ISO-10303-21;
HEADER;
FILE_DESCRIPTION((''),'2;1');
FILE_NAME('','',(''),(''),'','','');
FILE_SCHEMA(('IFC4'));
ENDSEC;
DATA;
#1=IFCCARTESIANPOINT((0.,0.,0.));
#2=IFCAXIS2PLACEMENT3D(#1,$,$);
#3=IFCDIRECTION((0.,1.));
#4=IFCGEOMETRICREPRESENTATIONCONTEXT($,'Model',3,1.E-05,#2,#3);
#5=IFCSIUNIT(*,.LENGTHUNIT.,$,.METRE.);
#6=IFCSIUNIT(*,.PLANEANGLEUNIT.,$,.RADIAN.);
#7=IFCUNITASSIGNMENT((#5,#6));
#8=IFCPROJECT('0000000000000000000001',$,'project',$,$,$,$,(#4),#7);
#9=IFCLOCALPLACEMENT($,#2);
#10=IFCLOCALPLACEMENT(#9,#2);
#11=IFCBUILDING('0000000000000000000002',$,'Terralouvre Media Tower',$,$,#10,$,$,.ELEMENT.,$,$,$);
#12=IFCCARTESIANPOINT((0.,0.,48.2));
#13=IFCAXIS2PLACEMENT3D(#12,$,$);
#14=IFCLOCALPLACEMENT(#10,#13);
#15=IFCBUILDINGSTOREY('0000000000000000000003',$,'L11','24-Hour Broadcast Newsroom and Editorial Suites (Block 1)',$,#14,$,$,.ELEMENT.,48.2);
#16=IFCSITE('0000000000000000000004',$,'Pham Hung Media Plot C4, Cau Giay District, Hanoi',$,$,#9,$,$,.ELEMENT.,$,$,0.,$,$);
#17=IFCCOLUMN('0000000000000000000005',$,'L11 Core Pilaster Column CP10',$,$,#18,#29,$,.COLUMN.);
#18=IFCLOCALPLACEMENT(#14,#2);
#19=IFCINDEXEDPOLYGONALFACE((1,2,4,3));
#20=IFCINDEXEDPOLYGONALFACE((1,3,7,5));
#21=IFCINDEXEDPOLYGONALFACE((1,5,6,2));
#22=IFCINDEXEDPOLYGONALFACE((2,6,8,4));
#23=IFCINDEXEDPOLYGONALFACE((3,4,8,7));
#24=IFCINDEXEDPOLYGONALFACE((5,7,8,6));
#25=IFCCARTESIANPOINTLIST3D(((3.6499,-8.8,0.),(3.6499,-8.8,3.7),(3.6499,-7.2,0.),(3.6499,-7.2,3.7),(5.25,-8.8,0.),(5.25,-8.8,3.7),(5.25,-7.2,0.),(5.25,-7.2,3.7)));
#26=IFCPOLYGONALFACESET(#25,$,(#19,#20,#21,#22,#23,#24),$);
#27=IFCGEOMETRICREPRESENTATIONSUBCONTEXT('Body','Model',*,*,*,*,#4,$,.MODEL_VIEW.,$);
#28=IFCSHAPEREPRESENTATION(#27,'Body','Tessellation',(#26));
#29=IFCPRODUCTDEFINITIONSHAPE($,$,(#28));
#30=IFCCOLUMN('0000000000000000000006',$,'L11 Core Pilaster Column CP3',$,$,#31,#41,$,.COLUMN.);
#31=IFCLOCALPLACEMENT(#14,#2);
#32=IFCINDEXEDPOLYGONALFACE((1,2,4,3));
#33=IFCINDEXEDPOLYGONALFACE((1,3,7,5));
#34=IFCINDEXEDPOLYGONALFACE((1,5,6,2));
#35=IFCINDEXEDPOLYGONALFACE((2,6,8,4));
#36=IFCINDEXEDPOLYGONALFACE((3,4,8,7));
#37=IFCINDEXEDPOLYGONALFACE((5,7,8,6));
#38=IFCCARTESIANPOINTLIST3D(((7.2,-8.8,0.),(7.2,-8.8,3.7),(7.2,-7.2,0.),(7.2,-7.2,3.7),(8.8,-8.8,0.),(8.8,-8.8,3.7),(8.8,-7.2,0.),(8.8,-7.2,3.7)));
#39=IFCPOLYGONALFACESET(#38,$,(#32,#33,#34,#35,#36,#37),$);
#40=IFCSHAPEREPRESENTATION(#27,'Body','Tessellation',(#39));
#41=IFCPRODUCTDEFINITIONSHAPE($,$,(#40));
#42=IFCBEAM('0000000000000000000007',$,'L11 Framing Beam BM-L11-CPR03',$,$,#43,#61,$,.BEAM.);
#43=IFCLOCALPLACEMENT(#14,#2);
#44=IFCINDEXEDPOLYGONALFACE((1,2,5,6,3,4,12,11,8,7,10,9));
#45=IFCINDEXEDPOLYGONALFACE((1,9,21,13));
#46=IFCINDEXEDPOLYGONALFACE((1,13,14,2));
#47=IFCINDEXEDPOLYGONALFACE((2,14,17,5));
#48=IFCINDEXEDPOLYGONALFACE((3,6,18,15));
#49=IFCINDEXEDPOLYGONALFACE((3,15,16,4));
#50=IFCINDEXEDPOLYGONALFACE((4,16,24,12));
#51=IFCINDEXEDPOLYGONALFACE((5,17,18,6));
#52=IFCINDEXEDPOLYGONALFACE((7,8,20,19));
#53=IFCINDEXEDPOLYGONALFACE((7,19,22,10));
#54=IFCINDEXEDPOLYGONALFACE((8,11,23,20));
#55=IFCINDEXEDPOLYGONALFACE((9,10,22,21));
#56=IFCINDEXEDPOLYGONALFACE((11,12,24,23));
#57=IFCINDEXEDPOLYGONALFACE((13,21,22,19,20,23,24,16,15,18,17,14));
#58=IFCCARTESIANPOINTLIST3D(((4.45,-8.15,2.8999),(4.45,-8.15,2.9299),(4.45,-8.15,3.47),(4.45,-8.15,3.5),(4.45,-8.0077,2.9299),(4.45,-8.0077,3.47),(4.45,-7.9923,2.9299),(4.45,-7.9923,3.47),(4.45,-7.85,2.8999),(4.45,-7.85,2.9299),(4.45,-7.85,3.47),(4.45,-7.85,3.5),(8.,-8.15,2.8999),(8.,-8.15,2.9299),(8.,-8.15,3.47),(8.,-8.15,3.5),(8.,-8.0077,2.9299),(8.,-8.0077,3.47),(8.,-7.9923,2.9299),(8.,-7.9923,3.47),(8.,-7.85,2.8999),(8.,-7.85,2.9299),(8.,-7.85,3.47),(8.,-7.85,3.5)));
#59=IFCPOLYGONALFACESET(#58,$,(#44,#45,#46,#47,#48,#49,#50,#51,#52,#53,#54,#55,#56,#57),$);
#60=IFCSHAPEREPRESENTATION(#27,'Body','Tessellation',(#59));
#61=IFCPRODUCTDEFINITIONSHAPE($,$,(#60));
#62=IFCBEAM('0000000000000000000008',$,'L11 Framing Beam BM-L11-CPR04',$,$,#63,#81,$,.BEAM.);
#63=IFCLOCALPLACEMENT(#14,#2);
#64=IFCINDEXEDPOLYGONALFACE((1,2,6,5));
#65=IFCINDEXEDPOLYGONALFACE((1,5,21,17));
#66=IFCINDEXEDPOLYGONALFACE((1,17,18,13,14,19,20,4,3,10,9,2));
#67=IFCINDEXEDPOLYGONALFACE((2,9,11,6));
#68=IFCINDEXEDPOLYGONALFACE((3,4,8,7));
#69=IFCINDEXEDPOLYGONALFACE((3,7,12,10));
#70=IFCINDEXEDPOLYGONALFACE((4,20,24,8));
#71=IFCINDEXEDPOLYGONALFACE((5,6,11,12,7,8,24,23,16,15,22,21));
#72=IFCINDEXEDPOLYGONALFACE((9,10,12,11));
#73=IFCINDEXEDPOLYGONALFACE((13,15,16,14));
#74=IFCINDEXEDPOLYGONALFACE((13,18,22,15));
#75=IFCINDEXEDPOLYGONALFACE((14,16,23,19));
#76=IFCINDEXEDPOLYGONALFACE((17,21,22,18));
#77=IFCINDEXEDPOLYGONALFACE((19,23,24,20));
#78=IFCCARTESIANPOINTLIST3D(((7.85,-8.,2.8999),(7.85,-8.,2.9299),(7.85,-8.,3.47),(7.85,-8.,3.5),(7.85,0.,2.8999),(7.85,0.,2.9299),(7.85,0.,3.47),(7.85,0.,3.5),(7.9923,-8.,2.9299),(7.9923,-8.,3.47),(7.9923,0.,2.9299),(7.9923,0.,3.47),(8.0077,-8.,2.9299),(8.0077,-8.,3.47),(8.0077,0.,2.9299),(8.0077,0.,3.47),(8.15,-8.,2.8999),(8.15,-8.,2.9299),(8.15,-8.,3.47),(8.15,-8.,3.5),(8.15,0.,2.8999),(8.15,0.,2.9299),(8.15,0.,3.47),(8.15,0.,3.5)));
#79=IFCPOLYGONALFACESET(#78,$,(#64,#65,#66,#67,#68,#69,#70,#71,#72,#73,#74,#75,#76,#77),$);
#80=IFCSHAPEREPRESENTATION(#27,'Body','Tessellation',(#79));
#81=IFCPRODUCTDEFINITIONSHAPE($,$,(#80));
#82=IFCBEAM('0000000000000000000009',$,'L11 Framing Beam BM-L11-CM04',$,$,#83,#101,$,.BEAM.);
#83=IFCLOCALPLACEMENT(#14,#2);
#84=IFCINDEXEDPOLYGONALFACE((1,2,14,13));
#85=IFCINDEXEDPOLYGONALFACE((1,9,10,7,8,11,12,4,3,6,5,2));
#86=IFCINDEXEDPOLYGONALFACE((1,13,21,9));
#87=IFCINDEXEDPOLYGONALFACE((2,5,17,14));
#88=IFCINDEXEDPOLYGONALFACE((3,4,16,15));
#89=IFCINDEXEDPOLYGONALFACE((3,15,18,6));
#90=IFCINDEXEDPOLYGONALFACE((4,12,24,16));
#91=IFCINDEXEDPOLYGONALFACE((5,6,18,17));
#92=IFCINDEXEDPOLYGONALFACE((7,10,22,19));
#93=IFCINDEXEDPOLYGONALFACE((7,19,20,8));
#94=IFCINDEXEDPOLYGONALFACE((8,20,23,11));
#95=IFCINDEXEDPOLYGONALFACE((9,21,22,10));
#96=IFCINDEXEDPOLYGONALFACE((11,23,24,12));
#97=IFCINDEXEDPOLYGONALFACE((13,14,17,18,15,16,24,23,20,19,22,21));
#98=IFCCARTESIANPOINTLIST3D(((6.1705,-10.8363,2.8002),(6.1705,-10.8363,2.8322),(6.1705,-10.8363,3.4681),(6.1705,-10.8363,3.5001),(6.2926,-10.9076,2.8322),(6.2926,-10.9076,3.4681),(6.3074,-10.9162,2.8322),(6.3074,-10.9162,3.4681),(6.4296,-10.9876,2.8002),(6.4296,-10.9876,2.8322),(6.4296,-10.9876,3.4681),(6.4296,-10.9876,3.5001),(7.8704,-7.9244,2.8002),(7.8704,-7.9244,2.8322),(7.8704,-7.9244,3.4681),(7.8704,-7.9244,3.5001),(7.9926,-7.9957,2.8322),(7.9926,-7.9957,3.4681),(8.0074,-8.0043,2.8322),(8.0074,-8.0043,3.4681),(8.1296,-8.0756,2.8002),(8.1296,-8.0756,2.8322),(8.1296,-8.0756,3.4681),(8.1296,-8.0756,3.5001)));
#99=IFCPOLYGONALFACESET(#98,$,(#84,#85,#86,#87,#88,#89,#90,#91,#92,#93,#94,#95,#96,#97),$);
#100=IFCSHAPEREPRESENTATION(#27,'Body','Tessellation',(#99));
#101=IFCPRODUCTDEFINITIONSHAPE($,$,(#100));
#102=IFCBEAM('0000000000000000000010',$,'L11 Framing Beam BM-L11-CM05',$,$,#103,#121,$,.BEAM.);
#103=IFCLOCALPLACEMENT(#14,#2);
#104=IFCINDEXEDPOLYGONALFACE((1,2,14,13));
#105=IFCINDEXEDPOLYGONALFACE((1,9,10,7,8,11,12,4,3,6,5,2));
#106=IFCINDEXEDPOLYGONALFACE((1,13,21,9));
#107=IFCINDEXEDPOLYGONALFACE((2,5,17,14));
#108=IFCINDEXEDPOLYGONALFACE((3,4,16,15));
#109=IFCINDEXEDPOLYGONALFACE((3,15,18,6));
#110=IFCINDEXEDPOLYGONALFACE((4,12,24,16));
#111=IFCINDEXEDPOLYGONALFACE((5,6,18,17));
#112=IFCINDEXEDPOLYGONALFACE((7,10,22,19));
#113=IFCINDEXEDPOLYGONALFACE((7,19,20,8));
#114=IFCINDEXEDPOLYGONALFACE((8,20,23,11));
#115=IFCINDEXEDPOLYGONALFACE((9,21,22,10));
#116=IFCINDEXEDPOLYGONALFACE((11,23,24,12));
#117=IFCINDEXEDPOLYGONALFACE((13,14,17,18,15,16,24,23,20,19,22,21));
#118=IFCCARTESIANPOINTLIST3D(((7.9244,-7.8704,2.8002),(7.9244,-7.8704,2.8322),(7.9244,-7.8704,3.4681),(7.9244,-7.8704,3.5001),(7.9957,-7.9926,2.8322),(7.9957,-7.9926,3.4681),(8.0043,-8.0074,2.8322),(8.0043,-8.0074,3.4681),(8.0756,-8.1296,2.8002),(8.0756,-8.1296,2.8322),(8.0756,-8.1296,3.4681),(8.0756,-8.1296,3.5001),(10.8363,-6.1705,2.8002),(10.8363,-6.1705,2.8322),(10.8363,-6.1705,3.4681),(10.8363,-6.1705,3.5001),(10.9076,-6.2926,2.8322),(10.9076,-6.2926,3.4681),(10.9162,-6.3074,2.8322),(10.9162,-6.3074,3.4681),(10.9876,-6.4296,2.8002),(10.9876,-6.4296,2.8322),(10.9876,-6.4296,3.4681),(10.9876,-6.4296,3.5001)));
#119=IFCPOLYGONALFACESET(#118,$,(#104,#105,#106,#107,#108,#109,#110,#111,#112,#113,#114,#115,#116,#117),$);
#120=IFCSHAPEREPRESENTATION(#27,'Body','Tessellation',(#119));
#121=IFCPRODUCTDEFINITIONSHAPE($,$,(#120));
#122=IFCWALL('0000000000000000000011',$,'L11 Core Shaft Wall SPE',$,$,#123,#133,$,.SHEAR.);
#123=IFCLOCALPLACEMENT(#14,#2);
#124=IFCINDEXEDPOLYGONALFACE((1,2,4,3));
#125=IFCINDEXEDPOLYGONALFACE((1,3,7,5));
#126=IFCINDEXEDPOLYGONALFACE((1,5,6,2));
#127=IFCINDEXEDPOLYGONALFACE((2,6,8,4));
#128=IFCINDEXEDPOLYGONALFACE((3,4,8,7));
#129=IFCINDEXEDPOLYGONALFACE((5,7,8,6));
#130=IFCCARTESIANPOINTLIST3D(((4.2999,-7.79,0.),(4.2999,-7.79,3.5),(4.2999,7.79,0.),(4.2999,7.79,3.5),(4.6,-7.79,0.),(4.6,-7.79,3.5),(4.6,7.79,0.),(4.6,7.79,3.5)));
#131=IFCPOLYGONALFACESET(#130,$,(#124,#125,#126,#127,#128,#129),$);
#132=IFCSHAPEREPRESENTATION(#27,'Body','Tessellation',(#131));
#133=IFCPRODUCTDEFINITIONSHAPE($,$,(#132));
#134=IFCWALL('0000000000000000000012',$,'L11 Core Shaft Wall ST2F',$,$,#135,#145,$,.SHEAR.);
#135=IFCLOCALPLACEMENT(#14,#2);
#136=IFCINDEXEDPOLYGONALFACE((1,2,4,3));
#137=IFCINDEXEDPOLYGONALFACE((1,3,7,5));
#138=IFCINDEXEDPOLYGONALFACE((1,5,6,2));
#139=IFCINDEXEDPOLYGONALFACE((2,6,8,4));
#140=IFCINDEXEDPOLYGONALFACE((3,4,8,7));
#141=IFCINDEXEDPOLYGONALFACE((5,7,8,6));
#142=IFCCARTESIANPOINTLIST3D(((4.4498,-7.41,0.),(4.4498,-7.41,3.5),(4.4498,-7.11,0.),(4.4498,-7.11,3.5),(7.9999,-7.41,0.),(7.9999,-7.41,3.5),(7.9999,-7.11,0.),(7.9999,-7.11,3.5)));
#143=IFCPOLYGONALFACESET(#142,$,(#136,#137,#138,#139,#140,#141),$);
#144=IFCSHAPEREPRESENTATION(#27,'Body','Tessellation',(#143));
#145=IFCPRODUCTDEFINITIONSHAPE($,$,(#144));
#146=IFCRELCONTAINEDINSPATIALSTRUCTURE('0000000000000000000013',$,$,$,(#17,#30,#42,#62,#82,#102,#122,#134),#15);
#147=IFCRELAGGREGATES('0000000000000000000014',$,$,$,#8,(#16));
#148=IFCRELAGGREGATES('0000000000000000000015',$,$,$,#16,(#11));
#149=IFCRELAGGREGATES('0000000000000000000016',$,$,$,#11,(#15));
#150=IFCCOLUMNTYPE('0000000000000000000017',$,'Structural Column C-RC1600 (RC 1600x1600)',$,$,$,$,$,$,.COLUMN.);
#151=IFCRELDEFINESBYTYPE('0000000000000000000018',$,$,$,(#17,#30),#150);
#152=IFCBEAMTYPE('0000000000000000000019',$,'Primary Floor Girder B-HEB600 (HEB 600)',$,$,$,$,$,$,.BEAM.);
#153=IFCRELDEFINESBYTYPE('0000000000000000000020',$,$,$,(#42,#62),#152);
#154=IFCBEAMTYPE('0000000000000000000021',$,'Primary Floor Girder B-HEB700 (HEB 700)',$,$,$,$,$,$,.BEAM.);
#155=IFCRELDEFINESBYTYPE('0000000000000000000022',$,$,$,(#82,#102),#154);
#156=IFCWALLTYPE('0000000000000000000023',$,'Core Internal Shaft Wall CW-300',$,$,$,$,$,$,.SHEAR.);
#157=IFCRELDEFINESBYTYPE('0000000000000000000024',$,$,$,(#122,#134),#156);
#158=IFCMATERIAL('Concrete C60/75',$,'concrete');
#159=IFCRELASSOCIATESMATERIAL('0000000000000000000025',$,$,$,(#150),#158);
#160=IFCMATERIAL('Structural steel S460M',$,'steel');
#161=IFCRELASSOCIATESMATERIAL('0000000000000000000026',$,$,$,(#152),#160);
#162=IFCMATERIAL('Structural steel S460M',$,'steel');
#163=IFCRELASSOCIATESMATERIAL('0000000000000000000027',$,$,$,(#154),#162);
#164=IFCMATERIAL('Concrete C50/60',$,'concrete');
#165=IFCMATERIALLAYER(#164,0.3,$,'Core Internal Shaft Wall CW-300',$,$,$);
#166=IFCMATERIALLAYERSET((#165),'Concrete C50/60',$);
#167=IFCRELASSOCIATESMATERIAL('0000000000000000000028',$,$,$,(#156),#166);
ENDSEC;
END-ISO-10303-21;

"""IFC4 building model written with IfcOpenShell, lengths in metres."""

from ifc_helpers import new_model, si_unit, direction, frame, frame_2d, origin, origin_2d, place, context, subcontext, project, spatial, rectangle, i_section, extrude, material, layer, layer_set, material_profile, profile_set, type_object, element, save


model = new_model("IFC4")

# Units and contexts
model_context = context("Model", 3, precision=1e-05, world=origin(), true_north=direction((0.0, 1.0)))
body_context = subcontext(model_context, "Body", "Model", "MODEL_VIEW")
ifc_project = project(units=[si_unit("LENGTHUNIT", "METRE"), si_unit("PLANEANGLEUNIT", "RADIAN")], contexts=[model_context])

# Site, building, storey
site_placement = place(None, origin())
site = spatial("IfcSite", under=ifc_project, at=site_placement, Name="Pham Hung Media Plot C4, Cau Giay District, Hanoi", CompositionType="ELEMENT", RefElevation=0.0)
building_placement = place(site_placement, origin())
building = spatial("IfcBuilding", under=site, at=building_placement, Name="Terralouvre Media Tower", CompositionType="ELEMENT")
storey_placement = place(building_placement, frame((0.0, 0.0, 48.2)))
storey = spatial("IfcBuildingStorey", under=building, at=storey_placement, Name="L11", Description="24-Hour Broadcast Newsroom and Editorial Suites (Block 1)", CompositionType="ELEMENT", Elevation=48.2)

# Columns
ifc_material_1 = material(Name="Concrete C60/75", Category="concrete")
ifc_material_profile_1 = material_profile(ifc_material_1, rectangle(XDim=1.6001, YDim=1.6001, at=origin_2d()), Name="RC 1600x1600")
ifc_profile_set_1 = profile_set([ifc_material_profile_1], Name="Concrete C60/75")
column_type = type_object("IfcColumnType", Name="Structural Column C-RC1600 (RC 1600x1600)", PredefinedType="COLUMN", material=ifc_profile_set_1)
for number, where, z_axis, x_axis, name in (
    (1, (4.45, -8.0, 0.0), (0.0, 0.0, 1.0), (1.0, 0.0, 0.0), "L11 Core Pilaster Column CP10"),
    (2, (8.0, -8.0, 0.0), (0.0, 0.0, 1.0), (1.0, 0.0, 0.0), "L11 Core Pilaster Column CP3"),
):
    element("IfcColumn", number, at=place(storey_placement, frame(where, z_axis=z_axis, x_axis=x_axis)), inside=storey, type_object=column_type, Name=name, PredefinedType="COLUMN", context=body_context, shape_type="SweptSolid", body=[
        extrude(rectangle(XDim=1.6001, YDim=1.6001, at=origin_2d()), origin(), (0.0, 0.0, 1.0), 3.7),
    ])

# Beams
ifc_material_2 = material(Name="Structural steel S460M", Category="steel")
ifc_material_profile_2 = material_profile(ifc_material_2, i_section(OverallWidth=0.3, OverallDepth=0.6001, WebThickness=0.0154, FlangeThickness=0.03, at=origin_2d()), Name="HEB 600")
ifc_profile_set_2 = profile_set([ifc_material_profile_2], Name="Structural steel S460M")
beam_type_1 = type_object("IfcBeamType", Name="Primary Floor Girder B-HEB600 (HEB 600)", PredefinedType="BEAM", material=ifc_profile_set_2)
beam_1_placement = place(storey_placement, frame((4.45, -8.0, 3.2), z_axis=(1.0, 0.0, 0.0), x_axis=(0.0, 1.0, 0.0)))
element("IfcBeam", 3, at=beam_1_placement, inside=storey, type_object=beam_type_1, Name="L11 Framing Beam BM-L11-CPR03", PredefinedType="BEAM", context=body_context, shape_type="SweptSolid", body=[
    extrude(i_section(OverallWidth=0.3, OverallDepth=0.6001, WebThickness=0.0154, FlangeThickness=0.03, at=origin_2d()), origin(), (0.0, 0.0, 1.0), 3.55),
])
beam_2_placement = place(storey_placement, frame((8.0, -8.0, 3.2), z_axis=(0.0, 1.0, 0.0), x_axis=(-1.0, 0.0, 0.0)))
element("IfcBeam", 4, at=beam_2_placement, inside=storey, type_object=beam_type_1, Name="L11 Framing Beam BM-L11-CPR04", PredefinedType="BEAM", context=body_context, shape_type="SweptSolid", body=[
    extrude(i_section(OverallWidth=0.3, OverallDepth=0.6001, WebThickness=0.0154, FlangeThickness=0.03, at=origin_2d()), origin(), (0.0, 0.0, 1.0), 8.0),
])
ifc_material_3 = material(Name="Structural steel S460M", Category="steel")
ifc_material_profile_3 = material_profile(ifc_material_3, i_section(OverallWidth=0.3, OverallDepth=0.7, WebThickness=0.0171, FlangeThickness=0.032, at=origin_2d()), Name="HEB 700")
ifc_profile_set_3 = profile_set([ifc_material_profile_3], Name="Structural steel S460M")
beam_type_2 = type_object("IfcBeamType", Name="Primary Floor Girder B-HEB700 (HEB 700)", PredefinedType="BEAM", material=ifc_profile_set_3)
for number, where, z_axis, x_axis, name in (
    (5, (8.0, -8.0, 3.1501), (-0.504173, -0.863603, 0.0), (0.863603, -0.504173, 0.0), "L11 Framing Beam BM-L11-CM04"),
    (6, (8.0, -8.0, 3.1501), (0.863603, 0.504173, 0.0), (-0.504173, 0.863603, 0.0), "L11 Framing Beam BM-L11-CM05"),
):
    element("IfcBeam", number, at=place(storey_placement, frame(where, z_axis=z_axis, x_axis=x_axis)), inside=storey, type_object=beam_type_2, Name=name, PredefinedType="BEAM", context=body_context, shape_type="SweptSolid", body=[
        extrude(i_section(OverallWidth=0.3, OverallDepth=0.7, WebThickness=0.0171, FlangeThickness=0.032, at=origin_2d()), origin(), (0.0, 0.0, 1.0), 3.3718),
    ])

# Walls
ifc_material_4 = material(Name="Concrete C50/60", Category="concrete")
ifc_layer_1 = layer(ifc_material_4, 0.3, Name="Core Internal Shaft Wall CW-300")
ifc_layer_set_1 = layer_set([ifc_layer_1], Name="Concrete C50/60")
wall_type_1 = type_object("IfcWallType", Name="Core Internal Shaft Wall CW-300", PredefinedType="SHEAR", material=ifc_layer_set_1)
wall_1_placement = place(storey_placement, frame((4.45, -7.79, 0.0), z_axis=(0.0, 0.0, 1.0), x_axis=(0.0, 1.0, 0.0)))
element("IfcWall", 7, at=wall_1_placement, inside=storey, type_object=wall_type_1, Name="L11 Core Shaft Wall SPE", PredefinedType="SHEAR", context=body_context, shape_type="SweptSolid", body=[
    extrude(rectangle(XDim=15.5801, YDim=0.3, at=frame_2d((7.79, 0.0))), origin(), (0.0, 0.0, 1.0), 3.5),
])
wall_2_placement = place(storey_placement, frame((4.45, -7.26, 0.0), z_axis=(0.0, 0.0, 1.0), x_axis=(1.0, 0.0, 0.0)))
element("IfcWall", 8, at=wall_2_placement, inside=storey, type_object=wall_type_1, Name="L11 Core Shaft Wall ST2F", PredefinedType="SHEAR", context=body_context, shape_type="SweptSolid", body=[
    extrude(rectangle(XDim=3.55, YDim=0.3, at=frame_2d((1.7749, 0.0))), origin(), (0.0, 0.0, 1.0), 3.5),
])

save(model, "model.ifc")
